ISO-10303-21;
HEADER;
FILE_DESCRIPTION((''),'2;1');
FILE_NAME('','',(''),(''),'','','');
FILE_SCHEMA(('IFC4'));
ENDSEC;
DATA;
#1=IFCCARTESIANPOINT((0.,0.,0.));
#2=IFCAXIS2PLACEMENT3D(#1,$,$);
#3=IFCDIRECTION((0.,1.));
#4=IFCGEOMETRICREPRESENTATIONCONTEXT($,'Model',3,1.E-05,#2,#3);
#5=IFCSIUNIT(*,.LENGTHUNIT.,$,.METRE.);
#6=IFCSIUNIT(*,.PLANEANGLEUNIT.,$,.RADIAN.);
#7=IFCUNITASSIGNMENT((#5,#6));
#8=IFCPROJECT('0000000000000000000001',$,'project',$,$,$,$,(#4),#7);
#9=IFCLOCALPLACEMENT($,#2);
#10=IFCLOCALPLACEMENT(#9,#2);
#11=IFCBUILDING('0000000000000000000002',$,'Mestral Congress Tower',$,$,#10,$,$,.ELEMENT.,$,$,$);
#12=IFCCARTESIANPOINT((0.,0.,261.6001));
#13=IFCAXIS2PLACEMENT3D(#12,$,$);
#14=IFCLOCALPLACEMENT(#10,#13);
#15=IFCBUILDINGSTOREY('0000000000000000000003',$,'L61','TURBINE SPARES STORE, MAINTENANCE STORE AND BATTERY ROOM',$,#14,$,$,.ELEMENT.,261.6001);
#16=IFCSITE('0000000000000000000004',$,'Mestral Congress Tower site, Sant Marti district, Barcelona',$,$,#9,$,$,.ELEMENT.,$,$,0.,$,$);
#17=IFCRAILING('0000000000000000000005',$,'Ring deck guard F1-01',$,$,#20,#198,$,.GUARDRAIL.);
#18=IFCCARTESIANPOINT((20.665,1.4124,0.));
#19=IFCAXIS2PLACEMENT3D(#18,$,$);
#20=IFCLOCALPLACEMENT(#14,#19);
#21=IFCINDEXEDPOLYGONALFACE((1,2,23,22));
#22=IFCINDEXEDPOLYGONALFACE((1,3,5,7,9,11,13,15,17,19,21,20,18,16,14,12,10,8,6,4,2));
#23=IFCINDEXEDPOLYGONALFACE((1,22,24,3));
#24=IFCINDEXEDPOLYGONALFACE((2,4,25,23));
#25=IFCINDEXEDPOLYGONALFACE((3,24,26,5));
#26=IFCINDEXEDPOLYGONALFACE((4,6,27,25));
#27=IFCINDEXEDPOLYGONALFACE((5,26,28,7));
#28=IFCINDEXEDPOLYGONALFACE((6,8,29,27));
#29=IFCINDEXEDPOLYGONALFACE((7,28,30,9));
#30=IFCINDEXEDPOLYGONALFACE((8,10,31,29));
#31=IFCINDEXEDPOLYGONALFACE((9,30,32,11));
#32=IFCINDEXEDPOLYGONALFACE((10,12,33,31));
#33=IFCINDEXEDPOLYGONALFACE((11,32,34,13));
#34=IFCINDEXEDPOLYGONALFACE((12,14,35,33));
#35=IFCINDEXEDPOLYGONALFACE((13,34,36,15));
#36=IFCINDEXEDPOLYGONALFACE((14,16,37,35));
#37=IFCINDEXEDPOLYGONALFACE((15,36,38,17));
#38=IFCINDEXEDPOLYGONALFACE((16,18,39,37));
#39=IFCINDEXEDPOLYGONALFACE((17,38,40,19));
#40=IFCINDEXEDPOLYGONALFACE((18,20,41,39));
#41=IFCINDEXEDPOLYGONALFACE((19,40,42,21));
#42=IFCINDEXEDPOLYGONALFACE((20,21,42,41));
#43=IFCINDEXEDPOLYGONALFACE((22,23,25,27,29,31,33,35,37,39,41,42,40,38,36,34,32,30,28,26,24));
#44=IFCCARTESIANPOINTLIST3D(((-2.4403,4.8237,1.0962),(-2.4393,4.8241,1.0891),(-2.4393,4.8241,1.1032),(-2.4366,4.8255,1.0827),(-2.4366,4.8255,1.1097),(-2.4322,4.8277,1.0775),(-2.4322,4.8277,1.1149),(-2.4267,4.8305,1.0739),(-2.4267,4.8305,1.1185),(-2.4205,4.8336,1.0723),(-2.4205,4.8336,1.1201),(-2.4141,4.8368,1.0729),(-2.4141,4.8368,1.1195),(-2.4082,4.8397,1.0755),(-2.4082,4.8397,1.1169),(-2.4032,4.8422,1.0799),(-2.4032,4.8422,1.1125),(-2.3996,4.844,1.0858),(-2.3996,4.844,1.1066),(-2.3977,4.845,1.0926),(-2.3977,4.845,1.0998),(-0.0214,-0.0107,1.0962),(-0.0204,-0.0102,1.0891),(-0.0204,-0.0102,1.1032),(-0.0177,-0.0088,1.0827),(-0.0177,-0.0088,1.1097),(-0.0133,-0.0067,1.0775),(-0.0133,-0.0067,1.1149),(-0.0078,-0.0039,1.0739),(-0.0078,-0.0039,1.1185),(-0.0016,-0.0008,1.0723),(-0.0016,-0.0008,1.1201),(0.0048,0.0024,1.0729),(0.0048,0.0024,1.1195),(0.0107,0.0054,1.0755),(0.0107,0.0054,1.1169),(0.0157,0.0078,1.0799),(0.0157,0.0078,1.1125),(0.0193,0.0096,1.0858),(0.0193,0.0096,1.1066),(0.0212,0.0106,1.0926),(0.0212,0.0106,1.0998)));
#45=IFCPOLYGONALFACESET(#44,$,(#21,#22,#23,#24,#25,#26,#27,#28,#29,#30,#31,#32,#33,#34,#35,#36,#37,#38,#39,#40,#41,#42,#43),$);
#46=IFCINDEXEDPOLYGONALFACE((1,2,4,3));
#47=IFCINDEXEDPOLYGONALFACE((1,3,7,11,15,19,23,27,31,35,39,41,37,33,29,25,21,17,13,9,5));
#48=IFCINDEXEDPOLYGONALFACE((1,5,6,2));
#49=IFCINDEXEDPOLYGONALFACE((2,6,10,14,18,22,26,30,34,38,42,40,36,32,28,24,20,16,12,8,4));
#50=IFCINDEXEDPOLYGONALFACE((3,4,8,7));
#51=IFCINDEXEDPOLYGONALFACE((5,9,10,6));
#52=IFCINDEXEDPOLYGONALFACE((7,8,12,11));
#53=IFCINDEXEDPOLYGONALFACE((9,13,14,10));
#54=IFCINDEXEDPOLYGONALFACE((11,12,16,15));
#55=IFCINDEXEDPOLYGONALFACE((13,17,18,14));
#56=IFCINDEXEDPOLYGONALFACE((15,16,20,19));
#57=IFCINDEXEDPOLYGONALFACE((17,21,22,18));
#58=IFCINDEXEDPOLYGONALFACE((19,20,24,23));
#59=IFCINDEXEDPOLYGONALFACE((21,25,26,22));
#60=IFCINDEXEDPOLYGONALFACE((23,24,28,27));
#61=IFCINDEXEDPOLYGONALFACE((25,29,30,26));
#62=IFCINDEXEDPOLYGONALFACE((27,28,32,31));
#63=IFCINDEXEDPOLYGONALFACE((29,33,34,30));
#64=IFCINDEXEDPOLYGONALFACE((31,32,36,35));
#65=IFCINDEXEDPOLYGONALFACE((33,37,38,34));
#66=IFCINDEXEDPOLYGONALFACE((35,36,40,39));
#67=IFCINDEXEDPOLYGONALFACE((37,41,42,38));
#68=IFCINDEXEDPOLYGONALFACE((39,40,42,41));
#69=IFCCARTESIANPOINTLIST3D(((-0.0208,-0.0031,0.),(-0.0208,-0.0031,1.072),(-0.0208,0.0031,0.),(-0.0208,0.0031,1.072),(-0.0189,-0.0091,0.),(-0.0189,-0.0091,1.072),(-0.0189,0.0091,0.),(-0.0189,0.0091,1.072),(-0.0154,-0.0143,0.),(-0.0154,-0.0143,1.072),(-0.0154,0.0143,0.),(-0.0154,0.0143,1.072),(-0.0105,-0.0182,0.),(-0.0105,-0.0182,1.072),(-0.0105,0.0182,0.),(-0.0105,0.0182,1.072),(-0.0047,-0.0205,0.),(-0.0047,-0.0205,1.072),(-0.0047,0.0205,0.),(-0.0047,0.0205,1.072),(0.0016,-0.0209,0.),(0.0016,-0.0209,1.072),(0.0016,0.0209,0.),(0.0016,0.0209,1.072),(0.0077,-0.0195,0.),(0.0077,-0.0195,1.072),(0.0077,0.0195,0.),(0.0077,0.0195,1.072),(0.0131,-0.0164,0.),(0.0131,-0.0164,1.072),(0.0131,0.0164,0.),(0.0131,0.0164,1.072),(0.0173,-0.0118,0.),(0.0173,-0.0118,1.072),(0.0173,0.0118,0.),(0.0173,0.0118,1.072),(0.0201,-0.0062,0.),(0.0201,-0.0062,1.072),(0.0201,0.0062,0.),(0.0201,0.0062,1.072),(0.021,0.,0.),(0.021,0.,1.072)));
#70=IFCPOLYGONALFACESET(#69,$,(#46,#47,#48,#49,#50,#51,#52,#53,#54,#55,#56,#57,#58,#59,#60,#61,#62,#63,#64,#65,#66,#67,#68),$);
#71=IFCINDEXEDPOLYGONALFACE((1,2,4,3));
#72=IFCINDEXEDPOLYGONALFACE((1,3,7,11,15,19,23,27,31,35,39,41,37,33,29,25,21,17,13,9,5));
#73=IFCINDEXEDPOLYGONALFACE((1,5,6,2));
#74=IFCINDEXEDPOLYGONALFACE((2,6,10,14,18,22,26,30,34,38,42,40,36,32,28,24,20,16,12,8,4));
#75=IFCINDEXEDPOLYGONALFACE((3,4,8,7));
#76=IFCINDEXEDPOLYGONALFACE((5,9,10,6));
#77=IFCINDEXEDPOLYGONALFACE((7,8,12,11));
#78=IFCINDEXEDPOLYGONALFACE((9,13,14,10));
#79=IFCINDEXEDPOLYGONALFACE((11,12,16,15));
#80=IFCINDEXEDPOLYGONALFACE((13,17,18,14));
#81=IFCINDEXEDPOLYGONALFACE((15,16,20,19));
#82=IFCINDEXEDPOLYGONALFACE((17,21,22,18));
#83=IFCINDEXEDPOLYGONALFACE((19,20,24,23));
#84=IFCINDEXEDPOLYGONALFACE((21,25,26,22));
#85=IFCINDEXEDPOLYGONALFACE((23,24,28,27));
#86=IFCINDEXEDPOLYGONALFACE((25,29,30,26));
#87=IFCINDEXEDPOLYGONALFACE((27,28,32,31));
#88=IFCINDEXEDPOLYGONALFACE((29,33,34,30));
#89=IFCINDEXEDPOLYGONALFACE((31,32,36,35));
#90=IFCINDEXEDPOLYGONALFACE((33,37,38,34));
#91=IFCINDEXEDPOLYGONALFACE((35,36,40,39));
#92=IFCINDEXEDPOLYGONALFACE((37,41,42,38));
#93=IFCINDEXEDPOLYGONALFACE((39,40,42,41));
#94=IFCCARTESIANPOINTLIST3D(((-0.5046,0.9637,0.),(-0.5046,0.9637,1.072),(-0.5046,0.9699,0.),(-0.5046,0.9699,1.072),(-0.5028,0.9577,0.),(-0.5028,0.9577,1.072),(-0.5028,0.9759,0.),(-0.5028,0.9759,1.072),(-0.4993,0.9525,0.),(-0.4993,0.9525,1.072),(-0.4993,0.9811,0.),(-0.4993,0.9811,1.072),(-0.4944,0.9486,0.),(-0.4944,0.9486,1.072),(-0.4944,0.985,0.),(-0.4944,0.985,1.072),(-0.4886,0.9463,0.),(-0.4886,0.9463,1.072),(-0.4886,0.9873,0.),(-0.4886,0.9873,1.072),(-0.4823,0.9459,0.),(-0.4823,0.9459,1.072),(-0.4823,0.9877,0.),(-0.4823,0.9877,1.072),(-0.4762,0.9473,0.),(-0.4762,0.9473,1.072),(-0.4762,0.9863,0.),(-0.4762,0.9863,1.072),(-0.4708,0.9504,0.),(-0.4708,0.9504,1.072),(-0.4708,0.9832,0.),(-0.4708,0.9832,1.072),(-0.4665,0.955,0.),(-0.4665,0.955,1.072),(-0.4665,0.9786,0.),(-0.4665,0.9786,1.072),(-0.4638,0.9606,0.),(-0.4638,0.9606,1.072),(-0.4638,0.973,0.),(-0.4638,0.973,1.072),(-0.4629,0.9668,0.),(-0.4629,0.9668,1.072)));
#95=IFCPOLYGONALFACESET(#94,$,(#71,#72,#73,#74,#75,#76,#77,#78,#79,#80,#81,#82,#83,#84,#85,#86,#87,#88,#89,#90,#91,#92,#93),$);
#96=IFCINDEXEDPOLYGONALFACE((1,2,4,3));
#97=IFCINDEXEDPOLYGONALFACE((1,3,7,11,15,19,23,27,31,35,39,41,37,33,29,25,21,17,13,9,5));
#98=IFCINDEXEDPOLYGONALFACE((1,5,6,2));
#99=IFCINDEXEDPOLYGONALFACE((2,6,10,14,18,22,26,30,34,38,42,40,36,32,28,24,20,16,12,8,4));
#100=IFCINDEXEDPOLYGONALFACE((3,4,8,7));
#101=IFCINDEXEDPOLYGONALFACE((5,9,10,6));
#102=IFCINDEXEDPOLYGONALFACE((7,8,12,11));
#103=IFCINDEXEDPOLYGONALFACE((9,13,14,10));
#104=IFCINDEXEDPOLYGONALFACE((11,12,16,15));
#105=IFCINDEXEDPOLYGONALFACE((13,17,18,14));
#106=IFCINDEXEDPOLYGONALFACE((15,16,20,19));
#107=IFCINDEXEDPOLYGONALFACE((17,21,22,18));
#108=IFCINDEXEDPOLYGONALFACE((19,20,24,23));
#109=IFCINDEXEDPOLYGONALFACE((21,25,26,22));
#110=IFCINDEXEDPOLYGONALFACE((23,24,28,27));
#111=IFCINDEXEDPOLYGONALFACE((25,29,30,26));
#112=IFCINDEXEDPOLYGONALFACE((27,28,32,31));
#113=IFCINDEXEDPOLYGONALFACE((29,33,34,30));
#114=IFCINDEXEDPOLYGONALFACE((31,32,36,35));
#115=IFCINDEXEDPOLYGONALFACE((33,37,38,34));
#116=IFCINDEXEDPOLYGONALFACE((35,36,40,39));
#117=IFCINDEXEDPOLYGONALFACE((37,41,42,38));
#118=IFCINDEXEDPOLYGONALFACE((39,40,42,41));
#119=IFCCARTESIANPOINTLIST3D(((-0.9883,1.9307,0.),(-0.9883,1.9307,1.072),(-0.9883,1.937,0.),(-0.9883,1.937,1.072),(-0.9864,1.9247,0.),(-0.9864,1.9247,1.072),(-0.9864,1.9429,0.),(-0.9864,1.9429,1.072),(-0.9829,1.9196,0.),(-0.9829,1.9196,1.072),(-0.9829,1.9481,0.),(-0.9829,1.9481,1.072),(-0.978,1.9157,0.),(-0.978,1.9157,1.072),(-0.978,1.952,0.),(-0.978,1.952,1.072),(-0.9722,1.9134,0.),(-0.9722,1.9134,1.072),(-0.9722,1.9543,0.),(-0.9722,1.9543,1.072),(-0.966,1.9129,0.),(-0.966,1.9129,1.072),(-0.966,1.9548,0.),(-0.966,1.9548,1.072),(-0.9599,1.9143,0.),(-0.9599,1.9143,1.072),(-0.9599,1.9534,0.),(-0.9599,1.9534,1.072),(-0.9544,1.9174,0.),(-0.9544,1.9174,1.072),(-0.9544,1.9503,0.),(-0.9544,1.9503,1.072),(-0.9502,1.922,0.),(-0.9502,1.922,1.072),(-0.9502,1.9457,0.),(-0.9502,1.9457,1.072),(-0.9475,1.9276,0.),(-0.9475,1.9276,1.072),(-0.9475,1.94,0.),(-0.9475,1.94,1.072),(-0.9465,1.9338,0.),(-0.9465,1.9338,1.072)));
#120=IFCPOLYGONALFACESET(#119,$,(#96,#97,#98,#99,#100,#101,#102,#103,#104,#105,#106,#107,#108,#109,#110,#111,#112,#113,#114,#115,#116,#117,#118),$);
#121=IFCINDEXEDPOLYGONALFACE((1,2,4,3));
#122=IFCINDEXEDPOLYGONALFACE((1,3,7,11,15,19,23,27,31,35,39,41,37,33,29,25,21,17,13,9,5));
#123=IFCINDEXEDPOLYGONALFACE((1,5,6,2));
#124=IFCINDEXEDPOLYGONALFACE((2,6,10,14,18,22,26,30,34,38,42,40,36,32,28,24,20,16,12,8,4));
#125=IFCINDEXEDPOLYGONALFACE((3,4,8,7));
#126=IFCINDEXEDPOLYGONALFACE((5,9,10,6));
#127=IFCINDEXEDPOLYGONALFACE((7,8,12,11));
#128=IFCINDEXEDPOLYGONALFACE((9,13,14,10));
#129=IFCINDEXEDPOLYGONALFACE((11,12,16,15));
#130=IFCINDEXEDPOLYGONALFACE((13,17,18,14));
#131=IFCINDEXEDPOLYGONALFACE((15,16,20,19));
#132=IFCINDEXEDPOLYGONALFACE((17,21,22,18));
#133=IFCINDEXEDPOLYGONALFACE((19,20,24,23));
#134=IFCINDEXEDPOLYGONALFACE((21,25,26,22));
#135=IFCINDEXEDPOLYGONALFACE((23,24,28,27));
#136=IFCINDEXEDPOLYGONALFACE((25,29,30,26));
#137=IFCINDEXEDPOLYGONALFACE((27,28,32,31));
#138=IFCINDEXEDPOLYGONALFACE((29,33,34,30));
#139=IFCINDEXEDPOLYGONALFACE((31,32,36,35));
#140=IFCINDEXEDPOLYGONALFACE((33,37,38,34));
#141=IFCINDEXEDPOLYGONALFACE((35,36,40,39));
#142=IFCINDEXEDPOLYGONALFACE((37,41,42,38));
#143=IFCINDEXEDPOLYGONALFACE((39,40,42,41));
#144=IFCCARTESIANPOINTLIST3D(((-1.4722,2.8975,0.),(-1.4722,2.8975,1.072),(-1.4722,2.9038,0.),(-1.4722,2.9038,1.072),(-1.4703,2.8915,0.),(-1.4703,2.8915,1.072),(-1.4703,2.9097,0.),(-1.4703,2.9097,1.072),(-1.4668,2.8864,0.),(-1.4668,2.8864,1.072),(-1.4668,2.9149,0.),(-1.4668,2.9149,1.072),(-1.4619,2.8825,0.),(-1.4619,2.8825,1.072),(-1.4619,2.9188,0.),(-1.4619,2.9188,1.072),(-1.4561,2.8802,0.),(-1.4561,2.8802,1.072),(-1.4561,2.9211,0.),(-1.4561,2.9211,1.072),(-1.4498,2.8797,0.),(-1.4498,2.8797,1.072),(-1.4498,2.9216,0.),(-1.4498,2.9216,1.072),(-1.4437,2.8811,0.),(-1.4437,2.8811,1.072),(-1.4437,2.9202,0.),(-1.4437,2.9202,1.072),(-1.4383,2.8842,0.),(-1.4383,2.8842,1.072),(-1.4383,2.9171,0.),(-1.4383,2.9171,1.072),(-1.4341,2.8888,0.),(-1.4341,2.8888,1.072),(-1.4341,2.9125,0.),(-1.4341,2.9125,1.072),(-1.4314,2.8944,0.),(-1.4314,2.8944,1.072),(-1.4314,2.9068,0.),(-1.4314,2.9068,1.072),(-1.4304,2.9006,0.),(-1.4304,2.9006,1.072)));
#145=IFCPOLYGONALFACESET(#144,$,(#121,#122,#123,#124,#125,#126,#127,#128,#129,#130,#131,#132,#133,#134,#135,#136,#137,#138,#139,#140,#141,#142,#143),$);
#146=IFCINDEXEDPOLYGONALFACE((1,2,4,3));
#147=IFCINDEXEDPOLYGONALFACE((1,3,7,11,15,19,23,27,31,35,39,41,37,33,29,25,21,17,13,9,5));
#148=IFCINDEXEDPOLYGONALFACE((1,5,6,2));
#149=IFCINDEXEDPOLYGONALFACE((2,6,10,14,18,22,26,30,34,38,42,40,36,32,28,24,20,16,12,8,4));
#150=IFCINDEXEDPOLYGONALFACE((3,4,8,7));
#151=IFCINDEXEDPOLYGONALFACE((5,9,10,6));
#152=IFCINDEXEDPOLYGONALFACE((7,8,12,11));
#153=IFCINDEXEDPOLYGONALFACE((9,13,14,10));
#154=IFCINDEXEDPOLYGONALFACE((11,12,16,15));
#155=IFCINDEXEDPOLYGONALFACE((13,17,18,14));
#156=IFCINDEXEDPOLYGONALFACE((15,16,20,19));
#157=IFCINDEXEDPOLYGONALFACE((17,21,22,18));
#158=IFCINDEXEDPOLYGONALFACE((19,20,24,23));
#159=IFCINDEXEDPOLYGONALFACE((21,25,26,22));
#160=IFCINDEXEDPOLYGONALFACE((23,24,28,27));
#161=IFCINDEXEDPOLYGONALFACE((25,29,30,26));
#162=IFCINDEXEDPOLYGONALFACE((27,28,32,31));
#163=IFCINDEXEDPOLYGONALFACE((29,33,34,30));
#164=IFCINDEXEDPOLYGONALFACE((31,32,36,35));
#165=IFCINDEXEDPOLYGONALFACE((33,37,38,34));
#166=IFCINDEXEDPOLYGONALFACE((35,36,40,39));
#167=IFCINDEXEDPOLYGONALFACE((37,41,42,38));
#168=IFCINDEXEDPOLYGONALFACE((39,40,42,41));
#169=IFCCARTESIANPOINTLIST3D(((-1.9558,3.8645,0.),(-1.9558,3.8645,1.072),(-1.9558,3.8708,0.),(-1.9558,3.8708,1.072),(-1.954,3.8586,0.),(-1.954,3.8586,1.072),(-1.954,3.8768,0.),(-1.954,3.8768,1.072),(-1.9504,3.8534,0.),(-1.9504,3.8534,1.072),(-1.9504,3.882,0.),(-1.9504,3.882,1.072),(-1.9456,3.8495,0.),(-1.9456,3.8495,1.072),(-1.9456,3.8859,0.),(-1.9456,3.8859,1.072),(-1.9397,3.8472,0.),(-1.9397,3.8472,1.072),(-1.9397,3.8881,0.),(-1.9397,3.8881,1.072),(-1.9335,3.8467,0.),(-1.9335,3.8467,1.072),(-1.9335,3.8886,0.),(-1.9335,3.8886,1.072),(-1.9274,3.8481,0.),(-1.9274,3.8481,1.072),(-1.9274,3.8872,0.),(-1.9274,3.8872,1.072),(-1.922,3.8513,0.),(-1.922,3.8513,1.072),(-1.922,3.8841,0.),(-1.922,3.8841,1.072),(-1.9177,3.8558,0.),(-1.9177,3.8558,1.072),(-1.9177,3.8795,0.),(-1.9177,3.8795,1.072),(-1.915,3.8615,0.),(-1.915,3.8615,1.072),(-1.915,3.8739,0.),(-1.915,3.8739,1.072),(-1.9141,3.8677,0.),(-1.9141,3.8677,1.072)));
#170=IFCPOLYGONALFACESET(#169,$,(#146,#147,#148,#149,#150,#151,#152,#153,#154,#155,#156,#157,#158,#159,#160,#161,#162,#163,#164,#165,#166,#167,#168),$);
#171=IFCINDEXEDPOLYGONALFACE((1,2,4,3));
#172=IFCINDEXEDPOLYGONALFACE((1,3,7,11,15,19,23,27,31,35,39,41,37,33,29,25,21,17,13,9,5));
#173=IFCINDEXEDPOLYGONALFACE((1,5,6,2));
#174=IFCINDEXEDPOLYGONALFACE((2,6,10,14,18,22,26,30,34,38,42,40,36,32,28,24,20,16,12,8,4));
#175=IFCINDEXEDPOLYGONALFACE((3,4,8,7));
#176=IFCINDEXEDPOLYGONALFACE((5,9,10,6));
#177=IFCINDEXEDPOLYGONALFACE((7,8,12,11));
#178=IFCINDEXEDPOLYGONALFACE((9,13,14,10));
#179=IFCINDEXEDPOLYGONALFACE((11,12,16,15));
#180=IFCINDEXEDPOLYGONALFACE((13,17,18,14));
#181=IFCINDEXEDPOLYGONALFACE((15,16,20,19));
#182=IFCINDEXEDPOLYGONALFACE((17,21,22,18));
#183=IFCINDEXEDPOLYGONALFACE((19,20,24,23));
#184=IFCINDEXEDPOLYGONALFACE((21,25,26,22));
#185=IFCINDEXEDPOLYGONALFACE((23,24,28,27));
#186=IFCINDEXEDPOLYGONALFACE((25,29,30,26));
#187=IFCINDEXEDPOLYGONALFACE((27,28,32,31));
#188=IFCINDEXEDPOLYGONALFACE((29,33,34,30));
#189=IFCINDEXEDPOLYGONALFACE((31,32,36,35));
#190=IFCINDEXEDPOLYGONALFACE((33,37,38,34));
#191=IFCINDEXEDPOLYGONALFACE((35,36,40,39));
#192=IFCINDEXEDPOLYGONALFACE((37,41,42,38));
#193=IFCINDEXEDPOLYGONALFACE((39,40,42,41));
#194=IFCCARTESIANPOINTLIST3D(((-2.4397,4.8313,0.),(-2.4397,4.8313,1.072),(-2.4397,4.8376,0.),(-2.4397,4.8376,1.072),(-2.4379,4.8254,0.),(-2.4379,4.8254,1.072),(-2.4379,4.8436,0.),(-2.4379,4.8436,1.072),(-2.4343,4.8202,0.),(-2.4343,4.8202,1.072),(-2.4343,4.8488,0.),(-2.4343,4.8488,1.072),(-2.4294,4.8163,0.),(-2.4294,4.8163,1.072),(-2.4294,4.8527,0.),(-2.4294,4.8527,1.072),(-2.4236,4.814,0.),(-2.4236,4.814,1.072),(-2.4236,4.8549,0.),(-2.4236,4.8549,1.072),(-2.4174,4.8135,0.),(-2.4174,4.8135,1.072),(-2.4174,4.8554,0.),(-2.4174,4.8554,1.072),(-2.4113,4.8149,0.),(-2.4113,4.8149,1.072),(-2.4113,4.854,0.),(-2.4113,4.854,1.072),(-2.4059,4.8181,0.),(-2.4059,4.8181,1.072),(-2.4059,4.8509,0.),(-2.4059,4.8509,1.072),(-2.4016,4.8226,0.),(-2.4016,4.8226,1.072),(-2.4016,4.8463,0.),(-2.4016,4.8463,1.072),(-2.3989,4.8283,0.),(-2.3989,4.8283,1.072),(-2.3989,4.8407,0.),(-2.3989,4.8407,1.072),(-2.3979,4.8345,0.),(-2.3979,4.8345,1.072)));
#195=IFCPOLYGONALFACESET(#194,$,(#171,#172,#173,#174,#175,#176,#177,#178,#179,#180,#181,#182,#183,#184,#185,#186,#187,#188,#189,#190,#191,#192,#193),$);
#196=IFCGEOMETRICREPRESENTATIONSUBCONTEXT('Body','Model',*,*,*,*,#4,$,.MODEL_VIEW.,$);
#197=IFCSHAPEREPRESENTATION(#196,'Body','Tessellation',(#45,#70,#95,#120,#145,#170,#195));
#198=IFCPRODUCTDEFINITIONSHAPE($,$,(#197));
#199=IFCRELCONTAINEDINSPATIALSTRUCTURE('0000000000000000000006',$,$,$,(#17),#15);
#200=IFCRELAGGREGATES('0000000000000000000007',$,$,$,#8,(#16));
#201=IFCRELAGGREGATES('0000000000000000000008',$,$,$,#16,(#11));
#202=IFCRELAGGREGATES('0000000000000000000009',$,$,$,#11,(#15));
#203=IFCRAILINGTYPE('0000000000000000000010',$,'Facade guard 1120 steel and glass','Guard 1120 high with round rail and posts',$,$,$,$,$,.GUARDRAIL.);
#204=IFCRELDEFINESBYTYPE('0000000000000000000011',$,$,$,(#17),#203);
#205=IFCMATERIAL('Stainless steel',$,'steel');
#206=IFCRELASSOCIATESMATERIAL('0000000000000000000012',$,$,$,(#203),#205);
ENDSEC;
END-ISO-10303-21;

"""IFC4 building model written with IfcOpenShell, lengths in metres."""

from ifc_helpers import new_model, si_unit, direction, frame, origin, origin_2d, place, context, subcontext, project, spatial, circle, extrude, material, type_object, element, save


model = new_model("IFC4")

# Units and contexts
model_context = context("Model", 3, precision=1e-05, world=origin(), true_north=direction((0.0, 1.0)))
body_context = subcontext(model_context, "Body", "Model", "MODEL_VIEW")
ifc_project = project(units=[si_unit("LENGTHUNIT", "METRE"), si_unit("PLANEANGLEUNIT", "RADIAN")], contexts=[model_context])

# Site, building, storey
site_placement = place(None, origin())
site = spatial("IfcSite", under=ifc_project, at=site_placement, Name="Mestral Congress Tower site, Sant Marti district, Barcelona", CompositionType="ELEMENT", RefElevation=0.0)
building_placement = place(site_placement, origin())
building = spatial("IfcBuilding", under=site, at=building_placement, Name="Mestral Congress Tower", CompositionType="ELEMENT")
storey_placement = place(building_placement, frame((0.0, 0.0, 261.6001)))
storey = spatial("IfcBuildingStorey", under=building, at=storey_placement, Name="L61", Description="TURBINE SPARES STORE, MAINTENANCE STORE AND BATTERY ROOM", CompositionType="ELEMENT", Elevation=261.6001)

# Railing
ifc_material_1 = material(Name="Stainless steel", Category="steel")
railing_type = type_object("IfcRailingType", Name="Facade guard 1120 steel and glass", Description="Guard 1120 high with round rail and posts", PredefinedType="GUARDRAIL", material=ifc_material_1)
railing_1_placement = place(storey_placement, frame((20.665, 1.4124, 0.0)))
element("IfcRailing", 1, at=railing_1_placement, inside=storey, type_object=railing_type, Name="Ring deck guard F1-01", PredefinedType="GUARDRAIL", context=body_context, shape_type="SweptSolid", body=[
    extrude(circle(Radius=0.0239, at=origin_2d()), frame((0.0, 0.0, 1.0962), z_axis=(-0.447466, 0.894301, 0.0), x_axis=(-0.894301, -0.447466, 0.0)), (0.0, 0.0, 1.0), 5.4058),
    extrude(circle(Radius=0.021, at=origin_2d()), origin(), (0.0, 0.0, 1.0), 1.072),
    extrude(circle(Radius=0.021, at=origin_2d()), frame((-0.4839, 0.9668, 0.0)), (0.0, 0.0, 1.0), 1.072),
    extrude(circle(Radius=0.021, at=origin_2d()), frame((-0.9675, 1.9338, 0.0)), (0.0, 0.0, 1.0), 1.072),
    extrude(circle(Radius=0.021, at=origin_2d()), frame((-1.4514, 2.9006, 0.0)), (0.0, 0.0, 1.0), 1.072),
    extrude(circle(Radius=0.021, at=origin_2d()), frame((-1.9351, 3.8677, 0.0)), (0.0, 0.0, 1.0), 1.072),
    extrude(circle(Radius=0.021, at=origin_2d()), frame((-2.4189, 4.8345, 0.0)), (0.0, 0.0, 1.0), 1.072),
])

save(model, "model.ifc")
